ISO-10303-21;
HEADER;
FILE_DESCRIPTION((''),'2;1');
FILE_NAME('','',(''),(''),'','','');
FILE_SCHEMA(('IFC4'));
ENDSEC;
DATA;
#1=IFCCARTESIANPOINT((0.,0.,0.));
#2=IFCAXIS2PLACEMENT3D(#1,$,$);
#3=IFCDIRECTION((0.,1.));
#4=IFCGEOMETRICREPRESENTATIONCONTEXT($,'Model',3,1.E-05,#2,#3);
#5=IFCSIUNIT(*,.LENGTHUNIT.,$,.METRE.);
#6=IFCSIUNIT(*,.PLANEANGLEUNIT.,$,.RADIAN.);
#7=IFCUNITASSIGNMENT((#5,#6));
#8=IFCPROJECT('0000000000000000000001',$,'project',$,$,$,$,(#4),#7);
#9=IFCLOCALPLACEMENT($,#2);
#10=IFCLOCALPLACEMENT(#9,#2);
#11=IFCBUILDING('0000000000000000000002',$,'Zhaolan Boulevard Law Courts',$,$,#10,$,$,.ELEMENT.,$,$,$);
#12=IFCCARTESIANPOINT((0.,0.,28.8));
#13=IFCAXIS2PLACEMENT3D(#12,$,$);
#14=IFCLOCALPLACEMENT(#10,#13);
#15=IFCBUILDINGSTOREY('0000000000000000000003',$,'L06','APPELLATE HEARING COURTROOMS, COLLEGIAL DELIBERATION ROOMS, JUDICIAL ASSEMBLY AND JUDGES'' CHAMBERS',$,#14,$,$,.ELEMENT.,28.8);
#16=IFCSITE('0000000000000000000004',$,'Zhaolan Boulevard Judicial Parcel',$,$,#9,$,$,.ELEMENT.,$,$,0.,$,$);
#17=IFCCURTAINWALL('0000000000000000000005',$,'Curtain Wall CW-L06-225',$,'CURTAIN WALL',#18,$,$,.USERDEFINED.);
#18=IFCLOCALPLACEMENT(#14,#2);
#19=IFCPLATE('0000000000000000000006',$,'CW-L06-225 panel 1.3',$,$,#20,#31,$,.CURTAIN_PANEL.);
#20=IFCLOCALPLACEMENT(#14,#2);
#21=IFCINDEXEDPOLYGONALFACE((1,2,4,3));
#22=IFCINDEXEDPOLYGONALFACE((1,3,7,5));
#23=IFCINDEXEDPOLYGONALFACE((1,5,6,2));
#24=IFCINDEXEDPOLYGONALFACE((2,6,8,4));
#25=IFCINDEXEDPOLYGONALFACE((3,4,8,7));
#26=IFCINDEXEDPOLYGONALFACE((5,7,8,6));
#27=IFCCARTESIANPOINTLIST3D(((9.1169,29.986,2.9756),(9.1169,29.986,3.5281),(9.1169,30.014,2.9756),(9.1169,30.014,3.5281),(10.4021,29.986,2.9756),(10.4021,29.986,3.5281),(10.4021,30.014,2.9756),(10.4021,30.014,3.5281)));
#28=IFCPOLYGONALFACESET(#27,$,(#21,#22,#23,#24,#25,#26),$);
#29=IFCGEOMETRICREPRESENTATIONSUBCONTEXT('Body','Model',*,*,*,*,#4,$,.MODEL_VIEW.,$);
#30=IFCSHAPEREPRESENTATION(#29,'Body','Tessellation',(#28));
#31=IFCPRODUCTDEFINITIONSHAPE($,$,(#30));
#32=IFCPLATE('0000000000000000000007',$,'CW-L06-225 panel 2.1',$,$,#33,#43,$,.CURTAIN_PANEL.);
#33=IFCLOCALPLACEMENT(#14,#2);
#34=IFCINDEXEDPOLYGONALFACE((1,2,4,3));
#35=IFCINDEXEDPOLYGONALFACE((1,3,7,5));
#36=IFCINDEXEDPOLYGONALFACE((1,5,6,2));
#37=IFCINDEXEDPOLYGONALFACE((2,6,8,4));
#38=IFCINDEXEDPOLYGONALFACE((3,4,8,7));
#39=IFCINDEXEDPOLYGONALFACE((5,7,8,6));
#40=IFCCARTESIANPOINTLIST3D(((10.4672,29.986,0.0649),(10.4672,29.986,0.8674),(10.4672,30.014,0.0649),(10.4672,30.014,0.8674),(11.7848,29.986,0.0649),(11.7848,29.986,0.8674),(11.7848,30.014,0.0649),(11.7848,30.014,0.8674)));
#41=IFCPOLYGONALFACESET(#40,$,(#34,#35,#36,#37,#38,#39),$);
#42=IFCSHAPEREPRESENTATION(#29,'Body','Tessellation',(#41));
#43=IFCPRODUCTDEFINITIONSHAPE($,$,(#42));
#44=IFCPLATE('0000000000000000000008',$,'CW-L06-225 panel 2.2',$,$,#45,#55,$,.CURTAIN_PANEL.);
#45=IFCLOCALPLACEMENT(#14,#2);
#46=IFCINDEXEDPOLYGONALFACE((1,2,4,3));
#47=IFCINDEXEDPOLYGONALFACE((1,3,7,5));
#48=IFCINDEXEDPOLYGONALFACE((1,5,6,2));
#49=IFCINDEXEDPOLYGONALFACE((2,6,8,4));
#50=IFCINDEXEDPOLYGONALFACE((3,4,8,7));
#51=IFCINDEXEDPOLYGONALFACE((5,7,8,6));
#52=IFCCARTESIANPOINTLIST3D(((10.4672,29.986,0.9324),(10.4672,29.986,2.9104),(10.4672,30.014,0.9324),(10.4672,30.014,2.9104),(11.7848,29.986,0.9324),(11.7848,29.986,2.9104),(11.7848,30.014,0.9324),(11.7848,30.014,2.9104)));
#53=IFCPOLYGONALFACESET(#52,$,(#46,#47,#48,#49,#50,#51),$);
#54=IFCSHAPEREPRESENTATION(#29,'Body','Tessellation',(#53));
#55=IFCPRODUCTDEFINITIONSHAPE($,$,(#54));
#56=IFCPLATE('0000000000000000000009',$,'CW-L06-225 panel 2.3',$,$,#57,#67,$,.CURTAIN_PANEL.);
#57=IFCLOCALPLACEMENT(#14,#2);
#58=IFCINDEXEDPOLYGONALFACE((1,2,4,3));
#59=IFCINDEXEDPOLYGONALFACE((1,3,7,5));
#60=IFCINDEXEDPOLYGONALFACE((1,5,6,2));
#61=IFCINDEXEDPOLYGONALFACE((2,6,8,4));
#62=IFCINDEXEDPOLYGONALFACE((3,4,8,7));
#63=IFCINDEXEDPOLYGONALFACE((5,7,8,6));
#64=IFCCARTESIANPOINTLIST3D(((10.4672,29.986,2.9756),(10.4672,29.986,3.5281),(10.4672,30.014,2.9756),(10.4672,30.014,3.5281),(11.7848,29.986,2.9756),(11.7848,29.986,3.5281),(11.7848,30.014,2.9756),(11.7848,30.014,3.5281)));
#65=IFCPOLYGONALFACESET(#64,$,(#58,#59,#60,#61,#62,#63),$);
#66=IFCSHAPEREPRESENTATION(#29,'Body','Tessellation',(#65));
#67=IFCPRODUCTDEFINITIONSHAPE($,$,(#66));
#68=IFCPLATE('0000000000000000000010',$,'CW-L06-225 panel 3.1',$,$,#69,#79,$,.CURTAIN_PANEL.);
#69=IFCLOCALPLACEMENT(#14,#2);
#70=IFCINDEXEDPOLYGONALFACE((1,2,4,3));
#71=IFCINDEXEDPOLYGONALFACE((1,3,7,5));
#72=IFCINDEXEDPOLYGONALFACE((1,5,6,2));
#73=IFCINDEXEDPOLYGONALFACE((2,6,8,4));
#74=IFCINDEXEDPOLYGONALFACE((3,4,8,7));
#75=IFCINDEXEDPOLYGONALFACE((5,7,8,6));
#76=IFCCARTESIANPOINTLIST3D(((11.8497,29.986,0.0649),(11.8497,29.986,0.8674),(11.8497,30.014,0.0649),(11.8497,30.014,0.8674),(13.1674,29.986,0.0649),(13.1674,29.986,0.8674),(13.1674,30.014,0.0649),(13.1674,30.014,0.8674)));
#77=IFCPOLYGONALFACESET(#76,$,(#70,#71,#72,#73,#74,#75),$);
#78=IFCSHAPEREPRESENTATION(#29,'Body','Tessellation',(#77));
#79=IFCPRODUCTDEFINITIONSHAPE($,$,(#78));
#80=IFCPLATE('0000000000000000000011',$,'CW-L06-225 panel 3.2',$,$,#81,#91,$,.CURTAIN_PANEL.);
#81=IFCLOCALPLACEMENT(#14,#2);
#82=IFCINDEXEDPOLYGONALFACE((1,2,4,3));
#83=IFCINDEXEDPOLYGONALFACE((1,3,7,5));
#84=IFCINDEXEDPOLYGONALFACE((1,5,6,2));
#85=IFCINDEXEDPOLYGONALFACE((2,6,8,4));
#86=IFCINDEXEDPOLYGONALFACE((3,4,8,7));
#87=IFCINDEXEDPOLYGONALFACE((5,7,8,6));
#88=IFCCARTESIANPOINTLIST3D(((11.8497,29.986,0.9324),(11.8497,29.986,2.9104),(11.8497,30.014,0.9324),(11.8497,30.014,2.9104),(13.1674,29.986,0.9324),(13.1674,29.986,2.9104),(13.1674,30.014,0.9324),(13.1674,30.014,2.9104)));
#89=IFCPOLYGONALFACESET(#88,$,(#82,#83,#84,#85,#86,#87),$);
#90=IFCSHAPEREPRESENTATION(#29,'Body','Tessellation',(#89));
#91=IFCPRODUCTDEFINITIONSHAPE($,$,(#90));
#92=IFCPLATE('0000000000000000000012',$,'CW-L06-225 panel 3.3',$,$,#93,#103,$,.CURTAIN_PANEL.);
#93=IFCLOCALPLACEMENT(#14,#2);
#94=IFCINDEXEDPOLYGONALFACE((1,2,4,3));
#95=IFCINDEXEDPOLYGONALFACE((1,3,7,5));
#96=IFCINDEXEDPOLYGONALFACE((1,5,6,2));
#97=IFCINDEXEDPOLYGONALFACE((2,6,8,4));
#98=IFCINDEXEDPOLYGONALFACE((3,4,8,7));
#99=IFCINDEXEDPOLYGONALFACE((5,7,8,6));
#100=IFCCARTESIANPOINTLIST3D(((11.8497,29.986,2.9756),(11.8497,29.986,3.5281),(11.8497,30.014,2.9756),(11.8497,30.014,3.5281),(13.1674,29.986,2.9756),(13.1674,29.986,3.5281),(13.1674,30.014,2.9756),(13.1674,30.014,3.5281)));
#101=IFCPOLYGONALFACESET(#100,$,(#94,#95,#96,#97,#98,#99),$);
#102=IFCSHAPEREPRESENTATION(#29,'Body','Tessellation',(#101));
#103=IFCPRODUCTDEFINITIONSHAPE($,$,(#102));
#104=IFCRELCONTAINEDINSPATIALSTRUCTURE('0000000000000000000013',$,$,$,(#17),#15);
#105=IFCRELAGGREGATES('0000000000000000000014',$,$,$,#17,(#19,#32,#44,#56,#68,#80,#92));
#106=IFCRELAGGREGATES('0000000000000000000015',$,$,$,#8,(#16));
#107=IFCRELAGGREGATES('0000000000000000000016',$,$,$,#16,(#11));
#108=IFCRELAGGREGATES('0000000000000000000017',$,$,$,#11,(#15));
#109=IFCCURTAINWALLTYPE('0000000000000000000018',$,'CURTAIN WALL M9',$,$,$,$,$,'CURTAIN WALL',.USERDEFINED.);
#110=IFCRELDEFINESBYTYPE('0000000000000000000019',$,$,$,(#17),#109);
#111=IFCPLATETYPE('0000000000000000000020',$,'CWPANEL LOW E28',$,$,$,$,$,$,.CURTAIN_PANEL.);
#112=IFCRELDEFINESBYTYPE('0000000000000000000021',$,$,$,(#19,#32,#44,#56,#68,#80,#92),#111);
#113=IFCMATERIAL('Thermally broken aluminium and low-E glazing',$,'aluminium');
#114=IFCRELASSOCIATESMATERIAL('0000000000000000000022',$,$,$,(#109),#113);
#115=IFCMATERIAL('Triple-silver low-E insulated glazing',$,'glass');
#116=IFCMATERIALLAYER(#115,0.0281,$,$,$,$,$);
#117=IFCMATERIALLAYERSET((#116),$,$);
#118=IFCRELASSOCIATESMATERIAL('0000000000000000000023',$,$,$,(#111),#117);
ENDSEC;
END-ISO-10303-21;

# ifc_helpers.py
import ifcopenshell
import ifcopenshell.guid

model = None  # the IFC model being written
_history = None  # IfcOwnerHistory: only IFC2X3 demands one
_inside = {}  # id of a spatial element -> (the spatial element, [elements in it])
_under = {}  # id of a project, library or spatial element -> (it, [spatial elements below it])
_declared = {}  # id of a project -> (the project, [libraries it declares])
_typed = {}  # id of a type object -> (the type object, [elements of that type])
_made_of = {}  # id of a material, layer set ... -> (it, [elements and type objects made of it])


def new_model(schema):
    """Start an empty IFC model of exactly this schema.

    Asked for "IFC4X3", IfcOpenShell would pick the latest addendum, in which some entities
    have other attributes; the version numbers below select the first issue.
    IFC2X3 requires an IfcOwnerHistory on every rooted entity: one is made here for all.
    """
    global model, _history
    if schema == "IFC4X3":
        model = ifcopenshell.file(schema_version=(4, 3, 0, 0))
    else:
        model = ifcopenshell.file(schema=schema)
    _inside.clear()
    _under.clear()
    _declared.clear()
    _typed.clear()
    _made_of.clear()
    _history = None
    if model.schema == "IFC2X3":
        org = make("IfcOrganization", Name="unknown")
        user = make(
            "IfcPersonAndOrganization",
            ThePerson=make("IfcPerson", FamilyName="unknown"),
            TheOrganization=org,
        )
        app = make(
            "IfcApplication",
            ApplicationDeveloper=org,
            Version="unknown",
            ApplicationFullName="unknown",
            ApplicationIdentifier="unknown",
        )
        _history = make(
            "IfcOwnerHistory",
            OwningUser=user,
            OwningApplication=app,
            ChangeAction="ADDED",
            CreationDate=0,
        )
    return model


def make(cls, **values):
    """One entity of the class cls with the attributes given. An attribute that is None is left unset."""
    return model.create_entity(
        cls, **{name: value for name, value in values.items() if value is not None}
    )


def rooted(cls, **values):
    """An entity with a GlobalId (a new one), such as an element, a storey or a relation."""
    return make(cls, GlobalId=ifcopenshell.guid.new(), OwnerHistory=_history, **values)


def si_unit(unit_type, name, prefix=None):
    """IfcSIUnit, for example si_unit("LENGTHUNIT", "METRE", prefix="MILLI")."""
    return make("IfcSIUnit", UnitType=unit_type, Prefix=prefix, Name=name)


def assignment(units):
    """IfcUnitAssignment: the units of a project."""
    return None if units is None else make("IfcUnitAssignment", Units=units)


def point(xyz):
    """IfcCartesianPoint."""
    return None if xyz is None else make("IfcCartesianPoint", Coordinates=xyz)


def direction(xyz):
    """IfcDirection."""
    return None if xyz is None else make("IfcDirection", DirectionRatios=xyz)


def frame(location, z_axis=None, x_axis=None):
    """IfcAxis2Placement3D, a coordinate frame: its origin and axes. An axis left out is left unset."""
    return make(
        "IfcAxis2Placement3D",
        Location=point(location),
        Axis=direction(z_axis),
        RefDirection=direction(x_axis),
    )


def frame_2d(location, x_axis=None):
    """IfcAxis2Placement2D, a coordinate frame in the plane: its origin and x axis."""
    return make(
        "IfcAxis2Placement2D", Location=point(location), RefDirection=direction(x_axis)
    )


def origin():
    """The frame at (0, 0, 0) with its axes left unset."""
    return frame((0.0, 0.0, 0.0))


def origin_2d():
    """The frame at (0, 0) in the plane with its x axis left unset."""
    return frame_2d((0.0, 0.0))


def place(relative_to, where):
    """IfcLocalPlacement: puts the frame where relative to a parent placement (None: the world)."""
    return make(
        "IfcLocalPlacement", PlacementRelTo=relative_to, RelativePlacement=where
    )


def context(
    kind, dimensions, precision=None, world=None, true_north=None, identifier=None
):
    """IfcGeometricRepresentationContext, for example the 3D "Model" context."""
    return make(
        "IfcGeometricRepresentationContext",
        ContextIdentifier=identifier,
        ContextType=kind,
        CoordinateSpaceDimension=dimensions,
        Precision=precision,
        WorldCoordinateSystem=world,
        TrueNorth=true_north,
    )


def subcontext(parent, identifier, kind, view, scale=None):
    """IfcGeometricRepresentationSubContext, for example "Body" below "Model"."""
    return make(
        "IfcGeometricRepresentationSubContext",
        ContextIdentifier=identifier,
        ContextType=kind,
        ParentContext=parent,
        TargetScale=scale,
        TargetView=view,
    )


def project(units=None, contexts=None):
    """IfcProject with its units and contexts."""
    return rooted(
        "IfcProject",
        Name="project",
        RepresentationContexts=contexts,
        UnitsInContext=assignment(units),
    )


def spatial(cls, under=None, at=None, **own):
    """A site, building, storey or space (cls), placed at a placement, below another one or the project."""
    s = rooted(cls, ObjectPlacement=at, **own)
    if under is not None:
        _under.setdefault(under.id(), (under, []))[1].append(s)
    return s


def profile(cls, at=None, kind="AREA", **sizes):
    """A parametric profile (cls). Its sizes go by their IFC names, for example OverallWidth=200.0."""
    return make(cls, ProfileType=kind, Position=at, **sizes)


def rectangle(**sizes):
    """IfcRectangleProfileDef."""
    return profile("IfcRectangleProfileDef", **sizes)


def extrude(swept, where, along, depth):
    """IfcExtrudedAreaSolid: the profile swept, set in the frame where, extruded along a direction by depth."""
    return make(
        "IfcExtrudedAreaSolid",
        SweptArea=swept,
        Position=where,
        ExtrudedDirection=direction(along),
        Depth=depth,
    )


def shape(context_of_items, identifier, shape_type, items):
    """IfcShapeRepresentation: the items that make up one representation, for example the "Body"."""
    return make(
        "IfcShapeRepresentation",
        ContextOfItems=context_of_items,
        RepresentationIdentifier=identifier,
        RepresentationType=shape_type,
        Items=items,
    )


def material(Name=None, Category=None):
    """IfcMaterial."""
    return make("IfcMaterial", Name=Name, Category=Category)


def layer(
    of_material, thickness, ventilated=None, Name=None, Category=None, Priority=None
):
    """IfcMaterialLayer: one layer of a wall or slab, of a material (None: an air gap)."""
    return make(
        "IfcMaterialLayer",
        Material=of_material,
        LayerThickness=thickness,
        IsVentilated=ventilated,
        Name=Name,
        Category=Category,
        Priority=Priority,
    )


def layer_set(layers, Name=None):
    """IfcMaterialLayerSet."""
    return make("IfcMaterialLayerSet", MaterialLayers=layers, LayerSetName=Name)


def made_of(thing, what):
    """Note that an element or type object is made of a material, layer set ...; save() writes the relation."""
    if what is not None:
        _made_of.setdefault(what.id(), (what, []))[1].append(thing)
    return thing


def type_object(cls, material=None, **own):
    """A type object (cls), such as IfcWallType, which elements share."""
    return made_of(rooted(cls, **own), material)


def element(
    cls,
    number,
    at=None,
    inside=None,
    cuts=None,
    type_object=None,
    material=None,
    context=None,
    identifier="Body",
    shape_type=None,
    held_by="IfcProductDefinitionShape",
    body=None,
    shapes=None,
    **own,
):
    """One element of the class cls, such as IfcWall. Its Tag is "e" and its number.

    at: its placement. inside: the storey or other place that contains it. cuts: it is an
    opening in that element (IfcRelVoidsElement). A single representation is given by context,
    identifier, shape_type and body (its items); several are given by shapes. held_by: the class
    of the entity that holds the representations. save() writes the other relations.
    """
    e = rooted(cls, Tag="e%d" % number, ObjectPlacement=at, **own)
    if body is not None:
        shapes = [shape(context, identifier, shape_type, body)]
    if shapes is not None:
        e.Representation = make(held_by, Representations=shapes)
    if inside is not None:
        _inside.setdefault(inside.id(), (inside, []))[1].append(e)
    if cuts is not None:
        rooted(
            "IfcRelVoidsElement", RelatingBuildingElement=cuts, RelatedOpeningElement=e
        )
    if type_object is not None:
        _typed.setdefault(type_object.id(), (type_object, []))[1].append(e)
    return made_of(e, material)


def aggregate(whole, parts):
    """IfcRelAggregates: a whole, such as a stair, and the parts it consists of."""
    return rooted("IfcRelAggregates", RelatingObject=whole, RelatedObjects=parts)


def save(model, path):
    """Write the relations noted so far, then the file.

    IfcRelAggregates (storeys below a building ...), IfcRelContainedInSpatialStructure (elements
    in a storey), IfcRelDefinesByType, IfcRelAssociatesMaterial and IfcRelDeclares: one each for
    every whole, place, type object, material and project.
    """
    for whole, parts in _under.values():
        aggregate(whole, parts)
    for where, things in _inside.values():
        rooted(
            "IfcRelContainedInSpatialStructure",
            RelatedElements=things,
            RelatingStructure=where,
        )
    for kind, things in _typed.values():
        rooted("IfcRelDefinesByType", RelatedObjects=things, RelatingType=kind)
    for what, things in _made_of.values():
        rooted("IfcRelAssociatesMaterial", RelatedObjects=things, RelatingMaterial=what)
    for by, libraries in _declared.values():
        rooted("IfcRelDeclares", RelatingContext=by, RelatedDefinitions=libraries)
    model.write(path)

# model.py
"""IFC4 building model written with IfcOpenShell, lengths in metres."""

from ifc_helpers import new_model, si_unit, direction, frame, origin, origin_2d, place, context, subcontext, project, spatial, rectangle, extrude, material, layer, layer_set, type_object, element, aggregate, save


model = new_model("IFC4")

# Units and contexts
model_context = context("Model", 3, precision=1e-05, world=origin(), true_north=direction((0.0, 1.0)))
body_context = subcontext(model_context, "Body", "Model", "MODEL_VIEW")
ifc_project = project(units=[si_unit("LENGTHUNIT", "METRE"), si_unit("PLANEANGLEUNIT", "RADIAN")], contexts=[model_context])

# Site, building, storey
site_placement = place(None, origin())
site = spatial("IfcSite", under=ifc_project, at=site_placement, Name="Zhaolan Boulevard Judicial Parcel", CompositionType="ELEMENT", RefElevation=0.0)
building_placement = place(site_placement, origin())
building = spatial("IfcBuilding", under=site, at=building_placement, Name="Zhaolan Boulevard Law Courts", CompositionType="ELEMENT")
storey_placement = place(building_placement, frame((0.0, 0.0, 28.8)))
storey = spatial("IfcBuildingStorey", under=building, at=storey_placement, Name="L06", Description="APPELLATE HEARING COURTROOMS, COLLEGIAL DELIBERATION ROOMS, JUDICIAL ASSEMBLY AND JUDGES' CHAMBERS", CompositionType="ELEMENT", Elevation=28.8)

# Curtain wall, plates
ifc_material_1 = material(Name="Thermally broken aluminium and low-E glazing", Category="aluminium")
curtain_wall_type = type_object("IfcCurtainWallType", Name="CURTAIN WALL M9", ElementType="CURTAIN WALL", PredefinedType="USERDEFINED", material=ifc_material_1)
curtain_wall_placement = place(storey_placement, origin())
curtain_wall = element("IfcCurtainWall", 1, at=curtain_wall_placement, inside=storey, type_object=curtain_wall_type, Name="Curtain Wall CW-L06-225", ObjectType="CURTAIN WALL", PredefinedType="USERDEFINED")
ifc_material_2 = material(Name="Triple-silver low-E insulated glazing", Category="glass")
ifc_layer = layer(ifc_material_2, 0.0281)
ifc_layer_set = layer_set([ifc_layer])
plate_type = type_object("IfcPlateType", Name="CWPANEL LOW E28", PredefinedType="CURTAIN_PANEL", material=ifc_layer_set)
plate_1_placement = place(storey_placement, frame((9.7595, 30.0, 2.9756), z_axis=(0.0, 0.0, 1.0), x_axis=(1.0, 0.0, 0.0)))
plate_1 = element("IfcPlate", 2, at=plate_1_placement, type_object=plate_type, Name="CW-L06-225 panel 1.3", PredefinedType="CURTAIN_PANEL", context=body_context, shape_type="SweptSolid", body=[
    extrude(rectangle(XDim=1.2852, YDim=0.0281, at=origin_2d()), origin(), (0.0, 0.0, 1.0), 0.5525),
])
plate_2_placement = place(storey_placement, frame((11.126, 30.0, 0.0649), z_axis=(0.0, 0.0, 1.0), x_axis=(1.0, 0.0, 0.0)))
plate_2 = element("IfcPlate", 3, at=plate_2_placement, type_object=plate_type, Name="CW-L06-225 panel 2.1", PredefinedType="CURTAIN_PANEL", context=body_context, shape_type="SweptSolid", body=[
    extrude(rectangle(XDim=1.3176, YDim=0.0281, at=origin_2d()), origin(), (0.0, 0.0, 1.0), 0.8025),
])
plate_3_placement = place(storey_placement, frame((11.126, 30.0, 0.9324), z_axis=(0.0, 0.0, 1.0), x_axis=(1.0, 0.0, 0.0)))
plate_3 = element("IfcPlate", 4, at=plate_3_placement, type_object=plate_type, Name="CW-L06-225 panel 2.2", PredefinedType="CURTAIN_PANEL", context=body_context, shape_type="SweptSolid", body=[
    extrude(rectangle(XDim=1.3176, YDim=0.0281, at=origin_2d()), origin(), (0.0, 0.0, 1.0), 1.978),
])
plate_4_placement = place(storey_placement, frame((11.126, 30.0, 2.9756), z_axis=(0.0, 0.0, 1.0), x_axis=(1.0, 0.0, 0.0)))
plate_4 = element("IfcPlate", 5, at=plate_4_placement, type_object=plate_type, Name="CW-L06-225 panel 2.3", PredefinedType="CURTAIN_PANEL", context=body_context, shape_type="SweptSolid", body=[
    extrude(rectangle(XDim=1.3176, YDim=0.0281, at=origin_2d()), origin(), (0.0, 0.0, 1.0), 0.5525),
])
plate_5_placement = place(storey_placement, frame((12.5085, 30.0, 0.0649), z_axis=(0.0, 0.0, 1.0), x_axis=(1.0, 0.0, 0.0)))
plate_5 = element("IfcPlate", 6, at=plate_5_placement, type_object=plate_type, Name="CW-L06-225 panel 3.1", PredefinedType="CURTAIN_PANEL", context=body_context, shape_type="SweptSolid", body=[
    extrude(rectangle(XDim=1.3176, YDim=0.0281, at=origin_2d()), origin(), (0.0, 0.0, 1.0), 0.8025),
])
plate_6_placement = place(storey_placement, frame((12.5085, 30.0, 0.9324), z_axis=(0.0, 0.0, 1.0), x_axis=(1.0, 0.0, 0.0)))
plate_6 = element("IfcPlate", 7, at=plate_6_placement, type_object=plate_type, Name="CW-L06-225 panel 3.2", PredefinedType="CURTAIN_PANEL", context=body_context, shape_type="SweptSolid", body=[
    extrude(rectangle(XDim=1.3176, YDim=0.0281, at=origin_2d()), origin(), (0.0, 0.0, 1.0), 1.978),
])
plate_7_placement = place(storey_placement, frame((12.5085, 30.0, 2.9756), z_axis=(0.0, 0.0, 1.0), x_axis=(1.0, 0.0, 0.0)))
plate_7 = element("IfcPlate", 8, at=plate_7_placement, type_object=plate_type, Name="CW-L06-225 panel 3.3", PredefinedType="CURTAIN_PANEL", context=body_context, shape_type="SweptSolid", body=[
    extrude(rectangle(XDim=1.3176, YDim=0.0281, at=origin_2d()), origin(), (0.0, 0.0, 1.0), 0.5525),
])
aggregate(curtain_wall, [plate_1, plate_2, plate_3, plate_4, plate_5, plate_6, plate_7])

save(model, "model.ifc")
